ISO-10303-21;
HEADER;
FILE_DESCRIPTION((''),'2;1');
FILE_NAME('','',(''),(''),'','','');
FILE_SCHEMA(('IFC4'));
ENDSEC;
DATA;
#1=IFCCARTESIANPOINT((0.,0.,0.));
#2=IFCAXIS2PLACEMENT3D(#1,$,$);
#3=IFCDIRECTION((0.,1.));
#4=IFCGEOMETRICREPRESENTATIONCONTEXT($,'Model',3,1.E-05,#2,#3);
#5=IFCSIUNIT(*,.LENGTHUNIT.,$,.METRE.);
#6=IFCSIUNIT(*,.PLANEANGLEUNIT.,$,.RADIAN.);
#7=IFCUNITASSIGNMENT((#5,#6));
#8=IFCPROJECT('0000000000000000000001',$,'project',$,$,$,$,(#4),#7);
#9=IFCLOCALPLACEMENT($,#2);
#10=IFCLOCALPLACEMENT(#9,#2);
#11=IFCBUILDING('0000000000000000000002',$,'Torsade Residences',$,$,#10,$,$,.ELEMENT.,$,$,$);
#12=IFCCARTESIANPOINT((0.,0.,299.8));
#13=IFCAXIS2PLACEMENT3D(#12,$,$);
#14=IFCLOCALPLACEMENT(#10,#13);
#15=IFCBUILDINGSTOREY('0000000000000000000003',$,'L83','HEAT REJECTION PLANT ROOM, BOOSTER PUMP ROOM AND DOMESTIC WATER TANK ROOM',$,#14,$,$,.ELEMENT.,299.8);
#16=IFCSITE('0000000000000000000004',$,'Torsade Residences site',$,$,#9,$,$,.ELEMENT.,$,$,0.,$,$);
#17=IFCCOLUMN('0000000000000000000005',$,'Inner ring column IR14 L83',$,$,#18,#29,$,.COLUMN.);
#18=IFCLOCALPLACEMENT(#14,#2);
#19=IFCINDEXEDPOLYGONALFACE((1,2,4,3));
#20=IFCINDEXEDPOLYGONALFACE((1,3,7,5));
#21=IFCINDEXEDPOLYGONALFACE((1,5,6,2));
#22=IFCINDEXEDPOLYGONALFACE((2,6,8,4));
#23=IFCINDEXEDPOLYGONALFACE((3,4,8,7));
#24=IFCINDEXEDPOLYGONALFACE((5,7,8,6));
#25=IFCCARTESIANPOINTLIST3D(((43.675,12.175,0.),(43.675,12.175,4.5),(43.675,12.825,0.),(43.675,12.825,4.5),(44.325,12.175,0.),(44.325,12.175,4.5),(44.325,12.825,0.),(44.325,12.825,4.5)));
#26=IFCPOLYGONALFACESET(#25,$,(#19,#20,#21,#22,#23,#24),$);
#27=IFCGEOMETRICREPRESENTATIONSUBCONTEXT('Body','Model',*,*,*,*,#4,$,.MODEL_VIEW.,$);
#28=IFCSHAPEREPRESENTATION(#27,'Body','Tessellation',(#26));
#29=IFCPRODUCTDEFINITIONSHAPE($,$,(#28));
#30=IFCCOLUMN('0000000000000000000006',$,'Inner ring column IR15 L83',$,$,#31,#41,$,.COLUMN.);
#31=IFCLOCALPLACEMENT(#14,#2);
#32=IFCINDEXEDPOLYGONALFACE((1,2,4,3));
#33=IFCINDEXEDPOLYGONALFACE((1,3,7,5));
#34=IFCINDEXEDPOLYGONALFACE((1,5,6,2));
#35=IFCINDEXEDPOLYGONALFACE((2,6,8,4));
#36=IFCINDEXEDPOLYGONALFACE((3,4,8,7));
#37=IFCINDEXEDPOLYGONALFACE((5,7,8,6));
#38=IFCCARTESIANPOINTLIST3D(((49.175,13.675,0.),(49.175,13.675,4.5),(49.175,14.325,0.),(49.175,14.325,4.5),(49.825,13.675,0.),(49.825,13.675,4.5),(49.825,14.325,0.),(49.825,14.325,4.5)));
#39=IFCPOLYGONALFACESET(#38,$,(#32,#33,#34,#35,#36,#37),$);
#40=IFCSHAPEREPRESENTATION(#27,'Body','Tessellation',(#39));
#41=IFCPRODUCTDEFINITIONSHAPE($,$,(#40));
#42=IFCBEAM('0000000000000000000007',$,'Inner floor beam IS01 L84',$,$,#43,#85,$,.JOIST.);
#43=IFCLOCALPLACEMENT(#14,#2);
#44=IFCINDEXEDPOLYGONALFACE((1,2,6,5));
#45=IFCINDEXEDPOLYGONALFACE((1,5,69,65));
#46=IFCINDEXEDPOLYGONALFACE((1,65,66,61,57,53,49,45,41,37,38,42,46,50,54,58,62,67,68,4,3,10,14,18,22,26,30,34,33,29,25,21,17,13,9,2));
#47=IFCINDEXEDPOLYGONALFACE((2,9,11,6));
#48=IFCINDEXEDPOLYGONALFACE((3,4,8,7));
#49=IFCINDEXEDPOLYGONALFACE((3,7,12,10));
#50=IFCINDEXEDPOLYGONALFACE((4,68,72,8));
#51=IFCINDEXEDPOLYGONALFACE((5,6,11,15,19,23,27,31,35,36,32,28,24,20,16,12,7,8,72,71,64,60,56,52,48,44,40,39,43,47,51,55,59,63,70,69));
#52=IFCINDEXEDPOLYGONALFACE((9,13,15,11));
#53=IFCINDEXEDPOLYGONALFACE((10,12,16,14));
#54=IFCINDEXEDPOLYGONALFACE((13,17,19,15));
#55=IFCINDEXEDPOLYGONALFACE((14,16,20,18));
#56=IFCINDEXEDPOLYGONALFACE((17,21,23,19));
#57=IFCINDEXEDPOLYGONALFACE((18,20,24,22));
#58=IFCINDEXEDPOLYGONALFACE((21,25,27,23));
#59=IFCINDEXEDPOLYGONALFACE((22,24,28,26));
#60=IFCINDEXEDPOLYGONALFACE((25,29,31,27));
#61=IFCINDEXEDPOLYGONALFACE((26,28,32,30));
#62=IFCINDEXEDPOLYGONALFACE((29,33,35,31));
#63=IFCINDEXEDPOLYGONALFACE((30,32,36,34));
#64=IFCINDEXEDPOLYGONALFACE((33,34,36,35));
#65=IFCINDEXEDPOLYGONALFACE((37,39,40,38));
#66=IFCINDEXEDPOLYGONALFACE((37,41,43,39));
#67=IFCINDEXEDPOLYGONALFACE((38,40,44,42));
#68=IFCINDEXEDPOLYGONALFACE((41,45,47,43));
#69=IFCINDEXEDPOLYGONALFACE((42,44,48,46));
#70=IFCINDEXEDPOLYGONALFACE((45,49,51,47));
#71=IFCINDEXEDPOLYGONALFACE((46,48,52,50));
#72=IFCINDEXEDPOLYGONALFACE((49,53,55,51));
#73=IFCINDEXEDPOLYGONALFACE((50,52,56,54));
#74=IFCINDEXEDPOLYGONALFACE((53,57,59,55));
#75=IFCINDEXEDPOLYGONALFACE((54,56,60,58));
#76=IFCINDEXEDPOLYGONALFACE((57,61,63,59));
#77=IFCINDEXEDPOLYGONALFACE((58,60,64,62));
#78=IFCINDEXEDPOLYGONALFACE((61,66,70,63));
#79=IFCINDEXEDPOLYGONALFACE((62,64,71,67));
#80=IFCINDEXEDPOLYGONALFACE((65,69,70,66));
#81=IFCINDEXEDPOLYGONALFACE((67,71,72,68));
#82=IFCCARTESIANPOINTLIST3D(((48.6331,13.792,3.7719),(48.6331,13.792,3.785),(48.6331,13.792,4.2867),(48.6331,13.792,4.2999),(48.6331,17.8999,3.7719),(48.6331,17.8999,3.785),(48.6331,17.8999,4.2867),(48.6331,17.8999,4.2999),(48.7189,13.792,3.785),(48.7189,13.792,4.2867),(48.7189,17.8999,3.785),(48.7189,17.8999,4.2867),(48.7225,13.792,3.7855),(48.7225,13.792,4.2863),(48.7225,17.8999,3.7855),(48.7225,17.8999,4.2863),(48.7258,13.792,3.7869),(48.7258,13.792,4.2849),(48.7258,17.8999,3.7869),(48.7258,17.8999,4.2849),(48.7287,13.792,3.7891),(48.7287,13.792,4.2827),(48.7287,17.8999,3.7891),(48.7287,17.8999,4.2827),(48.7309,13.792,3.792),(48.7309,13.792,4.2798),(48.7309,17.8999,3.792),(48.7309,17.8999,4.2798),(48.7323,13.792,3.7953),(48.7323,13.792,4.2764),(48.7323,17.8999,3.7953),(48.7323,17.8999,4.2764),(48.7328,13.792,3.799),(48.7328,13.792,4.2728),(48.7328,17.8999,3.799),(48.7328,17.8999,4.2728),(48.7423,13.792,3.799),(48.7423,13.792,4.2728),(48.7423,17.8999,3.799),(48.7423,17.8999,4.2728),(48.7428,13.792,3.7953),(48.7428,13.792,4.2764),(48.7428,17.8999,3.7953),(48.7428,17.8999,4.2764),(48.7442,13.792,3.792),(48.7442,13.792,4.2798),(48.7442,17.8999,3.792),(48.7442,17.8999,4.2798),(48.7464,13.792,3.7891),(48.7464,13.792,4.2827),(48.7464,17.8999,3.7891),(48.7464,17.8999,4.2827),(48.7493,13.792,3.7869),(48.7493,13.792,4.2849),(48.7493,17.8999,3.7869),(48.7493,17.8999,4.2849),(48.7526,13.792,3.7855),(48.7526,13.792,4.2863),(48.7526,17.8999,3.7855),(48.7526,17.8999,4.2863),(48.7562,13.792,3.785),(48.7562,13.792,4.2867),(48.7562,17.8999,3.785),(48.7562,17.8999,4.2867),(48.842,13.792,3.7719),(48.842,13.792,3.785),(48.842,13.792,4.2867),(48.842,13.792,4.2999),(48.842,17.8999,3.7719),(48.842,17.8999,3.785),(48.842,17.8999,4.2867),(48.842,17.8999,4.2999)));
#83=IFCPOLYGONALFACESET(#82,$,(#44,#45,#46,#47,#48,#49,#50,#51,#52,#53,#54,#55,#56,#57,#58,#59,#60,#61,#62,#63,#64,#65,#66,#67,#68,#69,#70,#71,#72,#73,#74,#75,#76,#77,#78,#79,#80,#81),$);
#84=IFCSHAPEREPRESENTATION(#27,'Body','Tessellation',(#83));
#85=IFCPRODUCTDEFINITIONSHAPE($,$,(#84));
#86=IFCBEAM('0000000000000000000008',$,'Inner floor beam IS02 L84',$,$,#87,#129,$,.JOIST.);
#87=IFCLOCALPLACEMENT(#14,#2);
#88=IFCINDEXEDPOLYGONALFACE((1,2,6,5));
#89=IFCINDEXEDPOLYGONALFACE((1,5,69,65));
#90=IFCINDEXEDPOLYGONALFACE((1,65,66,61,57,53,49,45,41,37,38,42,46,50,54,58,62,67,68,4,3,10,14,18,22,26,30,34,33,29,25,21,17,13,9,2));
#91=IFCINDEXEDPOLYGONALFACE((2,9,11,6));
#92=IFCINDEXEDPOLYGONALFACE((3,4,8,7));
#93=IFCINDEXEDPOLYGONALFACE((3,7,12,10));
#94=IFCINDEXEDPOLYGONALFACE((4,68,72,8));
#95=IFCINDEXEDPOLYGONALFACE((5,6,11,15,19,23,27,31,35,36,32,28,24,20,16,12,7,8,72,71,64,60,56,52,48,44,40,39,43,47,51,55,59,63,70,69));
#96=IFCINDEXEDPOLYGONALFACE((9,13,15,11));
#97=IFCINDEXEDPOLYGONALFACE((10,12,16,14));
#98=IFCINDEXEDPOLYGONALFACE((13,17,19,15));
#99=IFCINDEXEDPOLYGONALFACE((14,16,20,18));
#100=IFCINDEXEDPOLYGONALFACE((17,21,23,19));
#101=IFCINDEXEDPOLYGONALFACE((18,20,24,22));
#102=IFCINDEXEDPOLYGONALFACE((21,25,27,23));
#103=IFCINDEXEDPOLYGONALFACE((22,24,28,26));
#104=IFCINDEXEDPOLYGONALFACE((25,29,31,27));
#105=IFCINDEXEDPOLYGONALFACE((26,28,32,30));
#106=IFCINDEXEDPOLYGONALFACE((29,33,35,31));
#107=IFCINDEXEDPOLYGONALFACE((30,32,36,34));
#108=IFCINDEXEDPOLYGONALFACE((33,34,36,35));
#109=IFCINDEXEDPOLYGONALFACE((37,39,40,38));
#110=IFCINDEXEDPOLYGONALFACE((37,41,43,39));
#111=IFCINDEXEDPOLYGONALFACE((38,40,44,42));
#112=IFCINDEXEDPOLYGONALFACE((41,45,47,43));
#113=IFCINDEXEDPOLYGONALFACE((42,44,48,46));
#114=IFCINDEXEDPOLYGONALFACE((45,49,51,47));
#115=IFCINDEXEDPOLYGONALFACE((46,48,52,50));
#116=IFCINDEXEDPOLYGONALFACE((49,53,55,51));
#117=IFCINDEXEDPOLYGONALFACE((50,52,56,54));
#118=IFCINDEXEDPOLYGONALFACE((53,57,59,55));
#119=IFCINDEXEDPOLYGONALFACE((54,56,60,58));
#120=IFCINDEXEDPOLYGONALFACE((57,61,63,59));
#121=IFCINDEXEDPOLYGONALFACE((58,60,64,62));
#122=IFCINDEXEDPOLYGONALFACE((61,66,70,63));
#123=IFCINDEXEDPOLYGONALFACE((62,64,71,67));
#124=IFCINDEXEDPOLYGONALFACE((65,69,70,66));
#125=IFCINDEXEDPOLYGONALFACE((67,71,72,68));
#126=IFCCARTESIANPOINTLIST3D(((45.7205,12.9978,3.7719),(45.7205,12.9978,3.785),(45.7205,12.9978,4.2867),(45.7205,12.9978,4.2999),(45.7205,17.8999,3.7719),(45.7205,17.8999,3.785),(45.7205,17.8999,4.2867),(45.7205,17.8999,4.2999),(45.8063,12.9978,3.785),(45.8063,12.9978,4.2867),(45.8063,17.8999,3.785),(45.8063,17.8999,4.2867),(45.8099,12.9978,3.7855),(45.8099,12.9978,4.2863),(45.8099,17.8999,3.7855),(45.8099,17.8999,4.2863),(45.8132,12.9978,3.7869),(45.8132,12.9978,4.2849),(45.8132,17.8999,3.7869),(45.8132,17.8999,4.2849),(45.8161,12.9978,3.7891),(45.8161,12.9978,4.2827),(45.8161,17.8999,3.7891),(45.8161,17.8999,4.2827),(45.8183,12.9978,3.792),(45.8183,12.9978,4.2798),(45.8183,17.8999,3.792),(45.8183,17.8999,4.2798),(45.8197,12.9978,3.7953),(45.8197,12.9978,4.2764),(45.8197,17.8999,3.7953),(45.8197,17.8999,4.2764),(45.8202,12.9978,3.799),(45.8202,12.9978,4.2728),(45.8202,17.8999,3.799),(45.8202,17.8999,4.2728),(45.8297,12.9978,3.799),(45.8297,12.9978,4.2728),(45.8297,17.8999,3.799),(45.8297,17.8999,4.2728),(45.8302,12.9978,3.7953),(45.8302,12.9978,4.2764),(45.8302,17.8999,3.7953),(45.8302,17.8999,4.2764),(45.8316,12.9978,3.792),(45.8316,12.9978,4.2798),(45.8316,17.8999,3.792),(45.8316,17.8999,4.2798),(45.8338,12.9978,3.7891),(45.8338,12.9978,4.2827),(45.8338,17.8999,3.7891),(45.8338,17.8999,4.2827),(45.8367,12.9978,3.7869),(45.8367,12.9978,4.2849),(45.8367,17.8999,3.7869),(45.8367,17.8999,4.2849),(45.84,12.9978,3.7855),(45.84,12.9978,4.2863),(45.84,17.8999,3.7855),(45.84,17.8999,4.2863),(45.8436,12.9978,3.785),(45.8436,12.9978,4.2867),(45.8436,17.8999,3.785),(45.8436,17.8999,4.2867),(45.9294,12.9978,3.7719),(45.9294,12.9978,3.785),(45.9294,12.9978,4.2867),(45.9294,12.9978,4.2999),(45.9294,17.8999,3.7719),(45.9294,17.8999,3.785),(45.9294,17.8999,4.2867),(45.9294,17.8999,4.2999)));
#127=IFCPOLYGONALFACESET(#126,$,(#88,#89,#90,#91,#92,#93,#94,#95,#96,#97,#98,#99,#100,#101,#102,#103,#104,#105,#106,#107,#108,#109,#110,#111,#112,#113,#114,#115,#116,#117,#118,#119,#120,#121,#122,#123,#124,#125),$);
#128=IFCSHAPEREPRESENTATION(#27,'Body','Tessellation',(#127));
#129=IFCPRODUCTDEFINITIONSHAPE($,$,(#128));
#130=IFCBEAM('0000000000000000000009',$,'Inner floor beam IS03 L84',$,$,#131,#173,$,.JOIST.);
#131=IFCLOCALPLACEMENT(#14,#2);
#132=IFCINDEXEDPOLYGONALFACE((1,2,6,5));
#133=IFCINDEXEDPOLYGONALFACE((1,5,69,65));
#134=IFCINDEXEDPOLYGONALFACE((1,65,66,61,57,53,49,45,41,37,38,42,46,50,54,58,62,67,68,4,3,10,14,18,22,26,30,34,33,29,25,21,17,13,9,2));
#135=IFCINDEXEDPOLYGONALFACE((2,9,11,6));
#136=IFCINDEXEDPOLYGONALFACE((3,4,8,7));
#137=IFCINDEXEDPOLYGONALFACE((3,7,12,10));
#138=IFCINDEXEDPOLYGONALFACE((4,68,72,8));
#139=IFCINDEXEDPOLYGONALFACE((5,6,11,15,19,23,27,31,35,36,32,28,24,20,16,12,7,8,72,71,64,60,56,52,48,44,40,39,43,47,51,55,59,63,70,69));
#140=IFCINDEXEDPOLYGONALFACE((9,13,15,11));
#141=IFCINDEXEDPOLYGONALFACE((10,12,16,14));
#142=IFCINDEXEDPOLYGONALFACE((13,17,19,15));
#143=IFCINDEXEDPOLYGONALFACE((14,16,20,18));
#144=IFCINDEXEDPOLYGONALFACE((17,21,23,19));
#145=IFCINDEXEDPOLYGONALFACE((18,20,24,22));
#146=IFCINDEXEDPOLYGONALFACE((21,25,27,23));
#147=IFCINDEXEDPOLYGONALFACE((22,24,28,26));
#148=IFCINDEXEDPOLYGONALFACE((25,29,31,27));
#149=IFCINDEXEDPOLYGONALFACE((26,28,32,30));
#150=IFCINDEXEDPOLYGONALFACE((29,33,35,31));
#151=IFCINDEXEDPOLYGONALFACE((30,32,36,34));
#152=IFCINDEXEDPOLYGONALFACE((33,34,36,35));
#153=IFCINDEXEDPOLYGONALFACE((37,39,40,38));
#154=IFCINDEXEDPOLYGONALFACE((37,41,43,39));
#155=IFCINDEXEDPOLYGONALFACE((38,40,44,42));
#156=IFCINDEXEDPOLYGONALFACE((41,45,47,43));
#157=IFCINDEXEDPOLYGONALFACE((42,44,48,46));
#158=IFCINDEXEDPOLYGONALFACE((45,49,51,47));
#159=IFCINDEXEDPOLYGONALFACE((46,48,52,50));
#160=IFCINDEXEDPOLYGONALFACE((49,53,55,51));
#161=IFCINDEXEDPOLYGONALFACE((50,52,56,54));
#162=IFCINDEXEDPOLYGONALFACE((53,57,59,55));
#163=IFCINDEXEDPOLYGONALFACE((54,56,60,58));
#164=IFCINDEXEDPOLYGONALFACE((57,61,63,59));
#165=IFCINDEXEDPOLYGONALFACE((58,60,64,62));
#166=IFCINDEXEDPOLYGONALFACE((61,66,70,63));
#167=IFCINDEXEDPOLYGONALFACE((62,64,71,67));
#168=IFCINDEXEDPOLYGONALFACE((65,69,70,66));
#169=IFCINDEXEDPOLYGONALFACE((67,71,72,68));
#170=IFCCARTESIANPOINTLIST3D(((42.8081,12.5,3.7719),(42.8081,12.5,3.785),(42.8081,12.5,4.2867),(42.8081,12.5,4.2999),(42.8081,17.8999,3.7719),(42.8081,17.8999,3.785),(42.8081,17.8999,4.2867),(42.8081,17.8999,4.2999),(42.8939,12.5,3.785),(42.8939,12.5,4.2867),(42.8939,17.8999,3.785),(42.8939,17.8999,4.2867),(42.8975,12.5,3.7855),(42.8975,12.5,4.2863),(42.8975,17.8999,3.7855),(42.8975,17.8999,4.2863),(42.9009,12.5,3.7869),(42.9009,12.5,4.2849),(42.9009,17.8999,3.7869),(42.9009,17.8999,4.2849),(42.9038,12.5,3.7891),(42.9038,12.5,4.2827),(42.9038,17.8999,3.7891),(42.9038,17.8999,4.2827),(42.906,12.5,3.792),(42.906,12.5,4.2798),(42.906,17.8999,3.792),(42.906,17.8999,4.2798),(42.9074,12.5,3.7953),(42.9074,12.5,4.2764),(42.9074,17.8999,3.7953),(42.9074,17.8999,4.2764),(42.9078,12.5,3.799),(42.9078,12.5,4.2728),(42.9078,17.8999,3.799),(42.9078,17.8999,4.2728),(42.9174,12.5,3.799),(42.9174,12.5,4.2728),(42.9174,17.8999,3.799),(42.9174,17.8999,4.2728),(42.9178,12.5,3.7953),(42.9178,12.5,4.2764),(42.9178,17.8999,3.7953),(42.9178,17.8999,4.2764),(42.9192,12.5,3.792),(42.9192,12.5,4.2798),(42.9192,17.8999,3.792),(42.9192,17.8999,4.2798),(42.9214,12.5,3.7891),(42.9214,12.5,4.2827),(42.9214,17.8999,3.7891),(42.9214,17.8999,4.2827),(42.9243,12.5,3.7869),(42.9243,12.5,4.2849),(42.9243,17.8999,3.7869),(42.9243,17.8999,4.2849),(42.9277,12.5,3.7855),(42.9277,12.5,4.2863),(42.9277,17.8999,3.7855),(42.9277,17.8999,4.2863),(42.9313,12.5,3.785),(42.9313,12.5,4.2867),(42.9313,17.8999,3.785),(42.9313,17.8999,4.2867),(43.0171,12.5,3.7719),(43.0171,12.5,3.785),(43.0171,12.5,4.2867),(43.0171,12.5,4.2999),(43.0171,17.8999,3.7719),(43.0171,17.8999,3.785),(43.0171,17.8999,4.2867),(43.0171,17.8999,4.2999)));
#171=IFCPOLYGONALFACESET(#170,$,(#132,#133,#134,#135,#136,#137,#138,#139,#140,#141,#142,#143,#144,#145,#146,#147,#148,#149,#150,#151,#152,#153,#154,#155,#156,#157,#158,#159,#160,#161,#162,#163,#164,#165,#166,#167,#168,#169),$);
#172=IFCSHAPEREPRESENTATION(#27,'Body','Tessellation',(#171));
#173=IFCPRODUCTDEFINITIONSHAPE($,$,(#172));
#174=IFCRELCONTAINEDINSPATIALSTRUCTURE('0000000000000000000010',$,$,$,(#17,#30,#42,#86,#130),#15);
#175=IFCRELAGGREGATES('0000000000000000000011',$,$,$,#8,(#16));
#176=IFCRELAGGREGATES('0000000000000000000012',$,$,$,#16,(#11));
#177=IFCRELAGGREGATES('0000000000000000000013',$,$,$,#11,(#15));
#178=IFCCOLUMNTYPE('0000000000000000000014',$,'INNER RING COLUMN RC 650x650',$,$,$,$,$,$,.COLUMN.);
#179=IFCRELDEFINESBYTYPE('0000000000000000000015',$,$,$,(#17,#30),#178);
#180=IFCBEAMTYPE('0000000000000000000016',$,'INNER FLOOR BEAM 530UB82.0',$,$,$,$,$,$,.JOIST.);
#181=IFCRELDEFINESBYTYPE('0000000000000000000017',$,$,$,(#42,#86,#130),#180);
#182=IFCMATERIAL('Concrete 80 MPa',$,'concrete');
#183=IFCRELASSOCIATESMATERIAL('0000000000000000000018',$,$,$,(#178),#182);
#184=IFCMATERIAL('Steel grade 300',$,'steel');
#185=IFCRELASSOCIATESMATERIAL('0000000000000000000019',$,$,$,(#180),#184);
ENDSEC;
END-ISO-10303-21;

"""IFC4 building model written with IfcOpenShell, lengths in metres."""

from ifc_helpers import new_model, si_unit, direction, frame, origin, origin_2d, place, context, subcontext, project, spatial, rectangle, i_section, extrude, material, material_profile, profile_set, type_object, element, save


model = new_model("IFC4")

# Units and contexts
model_context = context("Model", 3, precision=1e-05, world=origin(), true_north=direction((0.0, 1.0)))
body_context = subcontext(model_context, "Body", "Model", "MODEL_VIEW")
ifc_project = project(units=[si_unit("LENGTHUNIT", "METRE"), si_unit("PLANEANGLEUNIT", "RADIAN")], contexts=[model_context])

# Site, building, storey
site_placement = place(None, origin())
site = spatial("IfcSite", under=ifc_project, at=site_placement, Name="Torsade Residences site", CompositionType="ELEMENT", RefElevation=0.0)
building_placement = place(site_placement, origin())
building = spatial("IfcBuilding", under=site, at=building_placement, Name="Torsade Residences", CompositionType="ELEMENT")
storey_placement = place(building_placement, frame((0.0, 0.0, 299.8)))
storey = spatial("IfcBuildingStorey", under=building, at=storey_placement, Name="L83", Description="HEAT REJECTION PLANT ROOM, BOOSTER PUMP ROOM AND DOMESTIC WATER TANK ROOM", CompositionType="ELEMENT", Elevation=299.8)

# Columns
ifc_material_1 = material(Name="Concrete 80 MPa", Category="concrete")
ifc_material_profile_1 = material_profile(ifc_material_1, rectangle(XDim=0.6499, YDim=0.6499, at=origin_2d()), Name="RC 650x650")
ifc_profile_set_1 = profile_set([ifc_material_profile_1], Name="Concrete 80 MPa")
column_type = type_object("IfcColumnType", Name="INNER RING COLUMN RC 650x650", PredefinedType="COLUMN", material=ifc_profile_set_1)
for number, where, z_axis, x_axis, name in (
    (1, (44.0, 12.5, 0.0), (0.0, 0.0, 1.0), (1.0, 0.0, 0.0), "Inner ring column IR14 L83"),
    (2, (49.5, 14.0, 0.0), (0.0, 0.0, 1.0), (1.0, 0.0, 0.0), "Inner ring column IR15 L83"),
):
    element("IfcColumn", number, at=place(storey_placement, frame(where, z_axis=z_axis, x_axis=x_axis)), inside=storey, type_object=column_type, Name=name, PredefinedType="COLUMN", context=body_context, shape_type="SweptSolid", body=[
        extrude(rectangle(XDim=0.6499, YDim=0.6499, at=origin_2d()), origin(), (0.0, 0.0, 1.0), 4.5),
    ])

# Beams
ifc_material_2 = material(Name="Steel grade 300", Category="steel")
ifc_material_profile_2 = material_profile(ifc_material_2, i_section(OverallWidth=0.209, OverallDepth=0.5281, WebThickness=0.0095, FlangeThickness=0.0132, FilletRadius=0.0139, at=origin_2d()), Name="530UB82.0")
ifc_profile_set_2 = profile_set([ifc_material_profile_2], Name="Steel grade 300")
beam_type_1 = type_object("IfcBeamType", Name="INNER FLOOR BEAM 530UB82.0", PredefinedType="JOIST", material=ifc_profile_set_2)
beam_1_placement = place(storey_placement, frame((48.7375, 17.8999, 4.0359), z_axis=(0.0, -1.0, 0.0), x_axis=(1.0, 0.0, 0.0)))
element("IfcBeam", 3, at=beam_1_placement, inside=storey, type_object=beam_type_1, Name="Inner floor beam IS01 L84", PredefinedType="JOIST", context=body_context, shape_type="SweptSolid", body=[
    extrude(i_section(OverallWidth=0.209, OverallDepth=0.5281, WebThickness=0.0095, FlangeThickness=0.0132, FilletRadius=0.0139, at=origin_2d()), origin(), (0.0, 0.0, 1.0), 4.1079),
])
beam_2_placement = place(storey_placement, frame((45.825, 17.8999, 4.0359), z_axis=(0.0, -1.0, 0.0), x_axis=(1.0, 0.0, 0.0)))
element("IfcBeam", 4, at=beam_2_placement, inside=storey, type_object=beam_type_1, Name="Inner floor beam IS02 L84", PredefinedType="JOIST", context=body_context, shape_type="SweptSolid", body=[
    extrude(i_section(OverallWidth=0.209, OverallDepth=0.5281, WebThickness=0.0095, FlangeThickness=0.0132, FilletRadius=0.0139, at=origin_2d()), origin(), (0.0, 0.0, 1.0), 4.9021),
])
for number, where, z_axis, x_axis, name in (
    (5, (42.9126, 17.8999, 4.0359), (0.0, -1.0, 0.0), (1.0, 0.0, 0.0), "Inner floor beam IS03 L84"),
):
    element("IfcBeam", number, at=place(storey_placement, frame(where, z_axis=z_axis, x_axis=x_axis)), inside=storey, type_object=beam_type_1, Name=name, PredefinedType="JOIST", context=body_context, shape_type="SweptSolid", body=[
        extrude(i_section(OverallWidth=0.209, OverallDepth=0.5281, WebThickness=0.0095, FlangeThickness=0.0132, FilletRadius=0.0139, at=origin_2d()), origin(), (0.0, 0.0, 1.0), 5.3999),
    ])

save(model, "model.ifc")
